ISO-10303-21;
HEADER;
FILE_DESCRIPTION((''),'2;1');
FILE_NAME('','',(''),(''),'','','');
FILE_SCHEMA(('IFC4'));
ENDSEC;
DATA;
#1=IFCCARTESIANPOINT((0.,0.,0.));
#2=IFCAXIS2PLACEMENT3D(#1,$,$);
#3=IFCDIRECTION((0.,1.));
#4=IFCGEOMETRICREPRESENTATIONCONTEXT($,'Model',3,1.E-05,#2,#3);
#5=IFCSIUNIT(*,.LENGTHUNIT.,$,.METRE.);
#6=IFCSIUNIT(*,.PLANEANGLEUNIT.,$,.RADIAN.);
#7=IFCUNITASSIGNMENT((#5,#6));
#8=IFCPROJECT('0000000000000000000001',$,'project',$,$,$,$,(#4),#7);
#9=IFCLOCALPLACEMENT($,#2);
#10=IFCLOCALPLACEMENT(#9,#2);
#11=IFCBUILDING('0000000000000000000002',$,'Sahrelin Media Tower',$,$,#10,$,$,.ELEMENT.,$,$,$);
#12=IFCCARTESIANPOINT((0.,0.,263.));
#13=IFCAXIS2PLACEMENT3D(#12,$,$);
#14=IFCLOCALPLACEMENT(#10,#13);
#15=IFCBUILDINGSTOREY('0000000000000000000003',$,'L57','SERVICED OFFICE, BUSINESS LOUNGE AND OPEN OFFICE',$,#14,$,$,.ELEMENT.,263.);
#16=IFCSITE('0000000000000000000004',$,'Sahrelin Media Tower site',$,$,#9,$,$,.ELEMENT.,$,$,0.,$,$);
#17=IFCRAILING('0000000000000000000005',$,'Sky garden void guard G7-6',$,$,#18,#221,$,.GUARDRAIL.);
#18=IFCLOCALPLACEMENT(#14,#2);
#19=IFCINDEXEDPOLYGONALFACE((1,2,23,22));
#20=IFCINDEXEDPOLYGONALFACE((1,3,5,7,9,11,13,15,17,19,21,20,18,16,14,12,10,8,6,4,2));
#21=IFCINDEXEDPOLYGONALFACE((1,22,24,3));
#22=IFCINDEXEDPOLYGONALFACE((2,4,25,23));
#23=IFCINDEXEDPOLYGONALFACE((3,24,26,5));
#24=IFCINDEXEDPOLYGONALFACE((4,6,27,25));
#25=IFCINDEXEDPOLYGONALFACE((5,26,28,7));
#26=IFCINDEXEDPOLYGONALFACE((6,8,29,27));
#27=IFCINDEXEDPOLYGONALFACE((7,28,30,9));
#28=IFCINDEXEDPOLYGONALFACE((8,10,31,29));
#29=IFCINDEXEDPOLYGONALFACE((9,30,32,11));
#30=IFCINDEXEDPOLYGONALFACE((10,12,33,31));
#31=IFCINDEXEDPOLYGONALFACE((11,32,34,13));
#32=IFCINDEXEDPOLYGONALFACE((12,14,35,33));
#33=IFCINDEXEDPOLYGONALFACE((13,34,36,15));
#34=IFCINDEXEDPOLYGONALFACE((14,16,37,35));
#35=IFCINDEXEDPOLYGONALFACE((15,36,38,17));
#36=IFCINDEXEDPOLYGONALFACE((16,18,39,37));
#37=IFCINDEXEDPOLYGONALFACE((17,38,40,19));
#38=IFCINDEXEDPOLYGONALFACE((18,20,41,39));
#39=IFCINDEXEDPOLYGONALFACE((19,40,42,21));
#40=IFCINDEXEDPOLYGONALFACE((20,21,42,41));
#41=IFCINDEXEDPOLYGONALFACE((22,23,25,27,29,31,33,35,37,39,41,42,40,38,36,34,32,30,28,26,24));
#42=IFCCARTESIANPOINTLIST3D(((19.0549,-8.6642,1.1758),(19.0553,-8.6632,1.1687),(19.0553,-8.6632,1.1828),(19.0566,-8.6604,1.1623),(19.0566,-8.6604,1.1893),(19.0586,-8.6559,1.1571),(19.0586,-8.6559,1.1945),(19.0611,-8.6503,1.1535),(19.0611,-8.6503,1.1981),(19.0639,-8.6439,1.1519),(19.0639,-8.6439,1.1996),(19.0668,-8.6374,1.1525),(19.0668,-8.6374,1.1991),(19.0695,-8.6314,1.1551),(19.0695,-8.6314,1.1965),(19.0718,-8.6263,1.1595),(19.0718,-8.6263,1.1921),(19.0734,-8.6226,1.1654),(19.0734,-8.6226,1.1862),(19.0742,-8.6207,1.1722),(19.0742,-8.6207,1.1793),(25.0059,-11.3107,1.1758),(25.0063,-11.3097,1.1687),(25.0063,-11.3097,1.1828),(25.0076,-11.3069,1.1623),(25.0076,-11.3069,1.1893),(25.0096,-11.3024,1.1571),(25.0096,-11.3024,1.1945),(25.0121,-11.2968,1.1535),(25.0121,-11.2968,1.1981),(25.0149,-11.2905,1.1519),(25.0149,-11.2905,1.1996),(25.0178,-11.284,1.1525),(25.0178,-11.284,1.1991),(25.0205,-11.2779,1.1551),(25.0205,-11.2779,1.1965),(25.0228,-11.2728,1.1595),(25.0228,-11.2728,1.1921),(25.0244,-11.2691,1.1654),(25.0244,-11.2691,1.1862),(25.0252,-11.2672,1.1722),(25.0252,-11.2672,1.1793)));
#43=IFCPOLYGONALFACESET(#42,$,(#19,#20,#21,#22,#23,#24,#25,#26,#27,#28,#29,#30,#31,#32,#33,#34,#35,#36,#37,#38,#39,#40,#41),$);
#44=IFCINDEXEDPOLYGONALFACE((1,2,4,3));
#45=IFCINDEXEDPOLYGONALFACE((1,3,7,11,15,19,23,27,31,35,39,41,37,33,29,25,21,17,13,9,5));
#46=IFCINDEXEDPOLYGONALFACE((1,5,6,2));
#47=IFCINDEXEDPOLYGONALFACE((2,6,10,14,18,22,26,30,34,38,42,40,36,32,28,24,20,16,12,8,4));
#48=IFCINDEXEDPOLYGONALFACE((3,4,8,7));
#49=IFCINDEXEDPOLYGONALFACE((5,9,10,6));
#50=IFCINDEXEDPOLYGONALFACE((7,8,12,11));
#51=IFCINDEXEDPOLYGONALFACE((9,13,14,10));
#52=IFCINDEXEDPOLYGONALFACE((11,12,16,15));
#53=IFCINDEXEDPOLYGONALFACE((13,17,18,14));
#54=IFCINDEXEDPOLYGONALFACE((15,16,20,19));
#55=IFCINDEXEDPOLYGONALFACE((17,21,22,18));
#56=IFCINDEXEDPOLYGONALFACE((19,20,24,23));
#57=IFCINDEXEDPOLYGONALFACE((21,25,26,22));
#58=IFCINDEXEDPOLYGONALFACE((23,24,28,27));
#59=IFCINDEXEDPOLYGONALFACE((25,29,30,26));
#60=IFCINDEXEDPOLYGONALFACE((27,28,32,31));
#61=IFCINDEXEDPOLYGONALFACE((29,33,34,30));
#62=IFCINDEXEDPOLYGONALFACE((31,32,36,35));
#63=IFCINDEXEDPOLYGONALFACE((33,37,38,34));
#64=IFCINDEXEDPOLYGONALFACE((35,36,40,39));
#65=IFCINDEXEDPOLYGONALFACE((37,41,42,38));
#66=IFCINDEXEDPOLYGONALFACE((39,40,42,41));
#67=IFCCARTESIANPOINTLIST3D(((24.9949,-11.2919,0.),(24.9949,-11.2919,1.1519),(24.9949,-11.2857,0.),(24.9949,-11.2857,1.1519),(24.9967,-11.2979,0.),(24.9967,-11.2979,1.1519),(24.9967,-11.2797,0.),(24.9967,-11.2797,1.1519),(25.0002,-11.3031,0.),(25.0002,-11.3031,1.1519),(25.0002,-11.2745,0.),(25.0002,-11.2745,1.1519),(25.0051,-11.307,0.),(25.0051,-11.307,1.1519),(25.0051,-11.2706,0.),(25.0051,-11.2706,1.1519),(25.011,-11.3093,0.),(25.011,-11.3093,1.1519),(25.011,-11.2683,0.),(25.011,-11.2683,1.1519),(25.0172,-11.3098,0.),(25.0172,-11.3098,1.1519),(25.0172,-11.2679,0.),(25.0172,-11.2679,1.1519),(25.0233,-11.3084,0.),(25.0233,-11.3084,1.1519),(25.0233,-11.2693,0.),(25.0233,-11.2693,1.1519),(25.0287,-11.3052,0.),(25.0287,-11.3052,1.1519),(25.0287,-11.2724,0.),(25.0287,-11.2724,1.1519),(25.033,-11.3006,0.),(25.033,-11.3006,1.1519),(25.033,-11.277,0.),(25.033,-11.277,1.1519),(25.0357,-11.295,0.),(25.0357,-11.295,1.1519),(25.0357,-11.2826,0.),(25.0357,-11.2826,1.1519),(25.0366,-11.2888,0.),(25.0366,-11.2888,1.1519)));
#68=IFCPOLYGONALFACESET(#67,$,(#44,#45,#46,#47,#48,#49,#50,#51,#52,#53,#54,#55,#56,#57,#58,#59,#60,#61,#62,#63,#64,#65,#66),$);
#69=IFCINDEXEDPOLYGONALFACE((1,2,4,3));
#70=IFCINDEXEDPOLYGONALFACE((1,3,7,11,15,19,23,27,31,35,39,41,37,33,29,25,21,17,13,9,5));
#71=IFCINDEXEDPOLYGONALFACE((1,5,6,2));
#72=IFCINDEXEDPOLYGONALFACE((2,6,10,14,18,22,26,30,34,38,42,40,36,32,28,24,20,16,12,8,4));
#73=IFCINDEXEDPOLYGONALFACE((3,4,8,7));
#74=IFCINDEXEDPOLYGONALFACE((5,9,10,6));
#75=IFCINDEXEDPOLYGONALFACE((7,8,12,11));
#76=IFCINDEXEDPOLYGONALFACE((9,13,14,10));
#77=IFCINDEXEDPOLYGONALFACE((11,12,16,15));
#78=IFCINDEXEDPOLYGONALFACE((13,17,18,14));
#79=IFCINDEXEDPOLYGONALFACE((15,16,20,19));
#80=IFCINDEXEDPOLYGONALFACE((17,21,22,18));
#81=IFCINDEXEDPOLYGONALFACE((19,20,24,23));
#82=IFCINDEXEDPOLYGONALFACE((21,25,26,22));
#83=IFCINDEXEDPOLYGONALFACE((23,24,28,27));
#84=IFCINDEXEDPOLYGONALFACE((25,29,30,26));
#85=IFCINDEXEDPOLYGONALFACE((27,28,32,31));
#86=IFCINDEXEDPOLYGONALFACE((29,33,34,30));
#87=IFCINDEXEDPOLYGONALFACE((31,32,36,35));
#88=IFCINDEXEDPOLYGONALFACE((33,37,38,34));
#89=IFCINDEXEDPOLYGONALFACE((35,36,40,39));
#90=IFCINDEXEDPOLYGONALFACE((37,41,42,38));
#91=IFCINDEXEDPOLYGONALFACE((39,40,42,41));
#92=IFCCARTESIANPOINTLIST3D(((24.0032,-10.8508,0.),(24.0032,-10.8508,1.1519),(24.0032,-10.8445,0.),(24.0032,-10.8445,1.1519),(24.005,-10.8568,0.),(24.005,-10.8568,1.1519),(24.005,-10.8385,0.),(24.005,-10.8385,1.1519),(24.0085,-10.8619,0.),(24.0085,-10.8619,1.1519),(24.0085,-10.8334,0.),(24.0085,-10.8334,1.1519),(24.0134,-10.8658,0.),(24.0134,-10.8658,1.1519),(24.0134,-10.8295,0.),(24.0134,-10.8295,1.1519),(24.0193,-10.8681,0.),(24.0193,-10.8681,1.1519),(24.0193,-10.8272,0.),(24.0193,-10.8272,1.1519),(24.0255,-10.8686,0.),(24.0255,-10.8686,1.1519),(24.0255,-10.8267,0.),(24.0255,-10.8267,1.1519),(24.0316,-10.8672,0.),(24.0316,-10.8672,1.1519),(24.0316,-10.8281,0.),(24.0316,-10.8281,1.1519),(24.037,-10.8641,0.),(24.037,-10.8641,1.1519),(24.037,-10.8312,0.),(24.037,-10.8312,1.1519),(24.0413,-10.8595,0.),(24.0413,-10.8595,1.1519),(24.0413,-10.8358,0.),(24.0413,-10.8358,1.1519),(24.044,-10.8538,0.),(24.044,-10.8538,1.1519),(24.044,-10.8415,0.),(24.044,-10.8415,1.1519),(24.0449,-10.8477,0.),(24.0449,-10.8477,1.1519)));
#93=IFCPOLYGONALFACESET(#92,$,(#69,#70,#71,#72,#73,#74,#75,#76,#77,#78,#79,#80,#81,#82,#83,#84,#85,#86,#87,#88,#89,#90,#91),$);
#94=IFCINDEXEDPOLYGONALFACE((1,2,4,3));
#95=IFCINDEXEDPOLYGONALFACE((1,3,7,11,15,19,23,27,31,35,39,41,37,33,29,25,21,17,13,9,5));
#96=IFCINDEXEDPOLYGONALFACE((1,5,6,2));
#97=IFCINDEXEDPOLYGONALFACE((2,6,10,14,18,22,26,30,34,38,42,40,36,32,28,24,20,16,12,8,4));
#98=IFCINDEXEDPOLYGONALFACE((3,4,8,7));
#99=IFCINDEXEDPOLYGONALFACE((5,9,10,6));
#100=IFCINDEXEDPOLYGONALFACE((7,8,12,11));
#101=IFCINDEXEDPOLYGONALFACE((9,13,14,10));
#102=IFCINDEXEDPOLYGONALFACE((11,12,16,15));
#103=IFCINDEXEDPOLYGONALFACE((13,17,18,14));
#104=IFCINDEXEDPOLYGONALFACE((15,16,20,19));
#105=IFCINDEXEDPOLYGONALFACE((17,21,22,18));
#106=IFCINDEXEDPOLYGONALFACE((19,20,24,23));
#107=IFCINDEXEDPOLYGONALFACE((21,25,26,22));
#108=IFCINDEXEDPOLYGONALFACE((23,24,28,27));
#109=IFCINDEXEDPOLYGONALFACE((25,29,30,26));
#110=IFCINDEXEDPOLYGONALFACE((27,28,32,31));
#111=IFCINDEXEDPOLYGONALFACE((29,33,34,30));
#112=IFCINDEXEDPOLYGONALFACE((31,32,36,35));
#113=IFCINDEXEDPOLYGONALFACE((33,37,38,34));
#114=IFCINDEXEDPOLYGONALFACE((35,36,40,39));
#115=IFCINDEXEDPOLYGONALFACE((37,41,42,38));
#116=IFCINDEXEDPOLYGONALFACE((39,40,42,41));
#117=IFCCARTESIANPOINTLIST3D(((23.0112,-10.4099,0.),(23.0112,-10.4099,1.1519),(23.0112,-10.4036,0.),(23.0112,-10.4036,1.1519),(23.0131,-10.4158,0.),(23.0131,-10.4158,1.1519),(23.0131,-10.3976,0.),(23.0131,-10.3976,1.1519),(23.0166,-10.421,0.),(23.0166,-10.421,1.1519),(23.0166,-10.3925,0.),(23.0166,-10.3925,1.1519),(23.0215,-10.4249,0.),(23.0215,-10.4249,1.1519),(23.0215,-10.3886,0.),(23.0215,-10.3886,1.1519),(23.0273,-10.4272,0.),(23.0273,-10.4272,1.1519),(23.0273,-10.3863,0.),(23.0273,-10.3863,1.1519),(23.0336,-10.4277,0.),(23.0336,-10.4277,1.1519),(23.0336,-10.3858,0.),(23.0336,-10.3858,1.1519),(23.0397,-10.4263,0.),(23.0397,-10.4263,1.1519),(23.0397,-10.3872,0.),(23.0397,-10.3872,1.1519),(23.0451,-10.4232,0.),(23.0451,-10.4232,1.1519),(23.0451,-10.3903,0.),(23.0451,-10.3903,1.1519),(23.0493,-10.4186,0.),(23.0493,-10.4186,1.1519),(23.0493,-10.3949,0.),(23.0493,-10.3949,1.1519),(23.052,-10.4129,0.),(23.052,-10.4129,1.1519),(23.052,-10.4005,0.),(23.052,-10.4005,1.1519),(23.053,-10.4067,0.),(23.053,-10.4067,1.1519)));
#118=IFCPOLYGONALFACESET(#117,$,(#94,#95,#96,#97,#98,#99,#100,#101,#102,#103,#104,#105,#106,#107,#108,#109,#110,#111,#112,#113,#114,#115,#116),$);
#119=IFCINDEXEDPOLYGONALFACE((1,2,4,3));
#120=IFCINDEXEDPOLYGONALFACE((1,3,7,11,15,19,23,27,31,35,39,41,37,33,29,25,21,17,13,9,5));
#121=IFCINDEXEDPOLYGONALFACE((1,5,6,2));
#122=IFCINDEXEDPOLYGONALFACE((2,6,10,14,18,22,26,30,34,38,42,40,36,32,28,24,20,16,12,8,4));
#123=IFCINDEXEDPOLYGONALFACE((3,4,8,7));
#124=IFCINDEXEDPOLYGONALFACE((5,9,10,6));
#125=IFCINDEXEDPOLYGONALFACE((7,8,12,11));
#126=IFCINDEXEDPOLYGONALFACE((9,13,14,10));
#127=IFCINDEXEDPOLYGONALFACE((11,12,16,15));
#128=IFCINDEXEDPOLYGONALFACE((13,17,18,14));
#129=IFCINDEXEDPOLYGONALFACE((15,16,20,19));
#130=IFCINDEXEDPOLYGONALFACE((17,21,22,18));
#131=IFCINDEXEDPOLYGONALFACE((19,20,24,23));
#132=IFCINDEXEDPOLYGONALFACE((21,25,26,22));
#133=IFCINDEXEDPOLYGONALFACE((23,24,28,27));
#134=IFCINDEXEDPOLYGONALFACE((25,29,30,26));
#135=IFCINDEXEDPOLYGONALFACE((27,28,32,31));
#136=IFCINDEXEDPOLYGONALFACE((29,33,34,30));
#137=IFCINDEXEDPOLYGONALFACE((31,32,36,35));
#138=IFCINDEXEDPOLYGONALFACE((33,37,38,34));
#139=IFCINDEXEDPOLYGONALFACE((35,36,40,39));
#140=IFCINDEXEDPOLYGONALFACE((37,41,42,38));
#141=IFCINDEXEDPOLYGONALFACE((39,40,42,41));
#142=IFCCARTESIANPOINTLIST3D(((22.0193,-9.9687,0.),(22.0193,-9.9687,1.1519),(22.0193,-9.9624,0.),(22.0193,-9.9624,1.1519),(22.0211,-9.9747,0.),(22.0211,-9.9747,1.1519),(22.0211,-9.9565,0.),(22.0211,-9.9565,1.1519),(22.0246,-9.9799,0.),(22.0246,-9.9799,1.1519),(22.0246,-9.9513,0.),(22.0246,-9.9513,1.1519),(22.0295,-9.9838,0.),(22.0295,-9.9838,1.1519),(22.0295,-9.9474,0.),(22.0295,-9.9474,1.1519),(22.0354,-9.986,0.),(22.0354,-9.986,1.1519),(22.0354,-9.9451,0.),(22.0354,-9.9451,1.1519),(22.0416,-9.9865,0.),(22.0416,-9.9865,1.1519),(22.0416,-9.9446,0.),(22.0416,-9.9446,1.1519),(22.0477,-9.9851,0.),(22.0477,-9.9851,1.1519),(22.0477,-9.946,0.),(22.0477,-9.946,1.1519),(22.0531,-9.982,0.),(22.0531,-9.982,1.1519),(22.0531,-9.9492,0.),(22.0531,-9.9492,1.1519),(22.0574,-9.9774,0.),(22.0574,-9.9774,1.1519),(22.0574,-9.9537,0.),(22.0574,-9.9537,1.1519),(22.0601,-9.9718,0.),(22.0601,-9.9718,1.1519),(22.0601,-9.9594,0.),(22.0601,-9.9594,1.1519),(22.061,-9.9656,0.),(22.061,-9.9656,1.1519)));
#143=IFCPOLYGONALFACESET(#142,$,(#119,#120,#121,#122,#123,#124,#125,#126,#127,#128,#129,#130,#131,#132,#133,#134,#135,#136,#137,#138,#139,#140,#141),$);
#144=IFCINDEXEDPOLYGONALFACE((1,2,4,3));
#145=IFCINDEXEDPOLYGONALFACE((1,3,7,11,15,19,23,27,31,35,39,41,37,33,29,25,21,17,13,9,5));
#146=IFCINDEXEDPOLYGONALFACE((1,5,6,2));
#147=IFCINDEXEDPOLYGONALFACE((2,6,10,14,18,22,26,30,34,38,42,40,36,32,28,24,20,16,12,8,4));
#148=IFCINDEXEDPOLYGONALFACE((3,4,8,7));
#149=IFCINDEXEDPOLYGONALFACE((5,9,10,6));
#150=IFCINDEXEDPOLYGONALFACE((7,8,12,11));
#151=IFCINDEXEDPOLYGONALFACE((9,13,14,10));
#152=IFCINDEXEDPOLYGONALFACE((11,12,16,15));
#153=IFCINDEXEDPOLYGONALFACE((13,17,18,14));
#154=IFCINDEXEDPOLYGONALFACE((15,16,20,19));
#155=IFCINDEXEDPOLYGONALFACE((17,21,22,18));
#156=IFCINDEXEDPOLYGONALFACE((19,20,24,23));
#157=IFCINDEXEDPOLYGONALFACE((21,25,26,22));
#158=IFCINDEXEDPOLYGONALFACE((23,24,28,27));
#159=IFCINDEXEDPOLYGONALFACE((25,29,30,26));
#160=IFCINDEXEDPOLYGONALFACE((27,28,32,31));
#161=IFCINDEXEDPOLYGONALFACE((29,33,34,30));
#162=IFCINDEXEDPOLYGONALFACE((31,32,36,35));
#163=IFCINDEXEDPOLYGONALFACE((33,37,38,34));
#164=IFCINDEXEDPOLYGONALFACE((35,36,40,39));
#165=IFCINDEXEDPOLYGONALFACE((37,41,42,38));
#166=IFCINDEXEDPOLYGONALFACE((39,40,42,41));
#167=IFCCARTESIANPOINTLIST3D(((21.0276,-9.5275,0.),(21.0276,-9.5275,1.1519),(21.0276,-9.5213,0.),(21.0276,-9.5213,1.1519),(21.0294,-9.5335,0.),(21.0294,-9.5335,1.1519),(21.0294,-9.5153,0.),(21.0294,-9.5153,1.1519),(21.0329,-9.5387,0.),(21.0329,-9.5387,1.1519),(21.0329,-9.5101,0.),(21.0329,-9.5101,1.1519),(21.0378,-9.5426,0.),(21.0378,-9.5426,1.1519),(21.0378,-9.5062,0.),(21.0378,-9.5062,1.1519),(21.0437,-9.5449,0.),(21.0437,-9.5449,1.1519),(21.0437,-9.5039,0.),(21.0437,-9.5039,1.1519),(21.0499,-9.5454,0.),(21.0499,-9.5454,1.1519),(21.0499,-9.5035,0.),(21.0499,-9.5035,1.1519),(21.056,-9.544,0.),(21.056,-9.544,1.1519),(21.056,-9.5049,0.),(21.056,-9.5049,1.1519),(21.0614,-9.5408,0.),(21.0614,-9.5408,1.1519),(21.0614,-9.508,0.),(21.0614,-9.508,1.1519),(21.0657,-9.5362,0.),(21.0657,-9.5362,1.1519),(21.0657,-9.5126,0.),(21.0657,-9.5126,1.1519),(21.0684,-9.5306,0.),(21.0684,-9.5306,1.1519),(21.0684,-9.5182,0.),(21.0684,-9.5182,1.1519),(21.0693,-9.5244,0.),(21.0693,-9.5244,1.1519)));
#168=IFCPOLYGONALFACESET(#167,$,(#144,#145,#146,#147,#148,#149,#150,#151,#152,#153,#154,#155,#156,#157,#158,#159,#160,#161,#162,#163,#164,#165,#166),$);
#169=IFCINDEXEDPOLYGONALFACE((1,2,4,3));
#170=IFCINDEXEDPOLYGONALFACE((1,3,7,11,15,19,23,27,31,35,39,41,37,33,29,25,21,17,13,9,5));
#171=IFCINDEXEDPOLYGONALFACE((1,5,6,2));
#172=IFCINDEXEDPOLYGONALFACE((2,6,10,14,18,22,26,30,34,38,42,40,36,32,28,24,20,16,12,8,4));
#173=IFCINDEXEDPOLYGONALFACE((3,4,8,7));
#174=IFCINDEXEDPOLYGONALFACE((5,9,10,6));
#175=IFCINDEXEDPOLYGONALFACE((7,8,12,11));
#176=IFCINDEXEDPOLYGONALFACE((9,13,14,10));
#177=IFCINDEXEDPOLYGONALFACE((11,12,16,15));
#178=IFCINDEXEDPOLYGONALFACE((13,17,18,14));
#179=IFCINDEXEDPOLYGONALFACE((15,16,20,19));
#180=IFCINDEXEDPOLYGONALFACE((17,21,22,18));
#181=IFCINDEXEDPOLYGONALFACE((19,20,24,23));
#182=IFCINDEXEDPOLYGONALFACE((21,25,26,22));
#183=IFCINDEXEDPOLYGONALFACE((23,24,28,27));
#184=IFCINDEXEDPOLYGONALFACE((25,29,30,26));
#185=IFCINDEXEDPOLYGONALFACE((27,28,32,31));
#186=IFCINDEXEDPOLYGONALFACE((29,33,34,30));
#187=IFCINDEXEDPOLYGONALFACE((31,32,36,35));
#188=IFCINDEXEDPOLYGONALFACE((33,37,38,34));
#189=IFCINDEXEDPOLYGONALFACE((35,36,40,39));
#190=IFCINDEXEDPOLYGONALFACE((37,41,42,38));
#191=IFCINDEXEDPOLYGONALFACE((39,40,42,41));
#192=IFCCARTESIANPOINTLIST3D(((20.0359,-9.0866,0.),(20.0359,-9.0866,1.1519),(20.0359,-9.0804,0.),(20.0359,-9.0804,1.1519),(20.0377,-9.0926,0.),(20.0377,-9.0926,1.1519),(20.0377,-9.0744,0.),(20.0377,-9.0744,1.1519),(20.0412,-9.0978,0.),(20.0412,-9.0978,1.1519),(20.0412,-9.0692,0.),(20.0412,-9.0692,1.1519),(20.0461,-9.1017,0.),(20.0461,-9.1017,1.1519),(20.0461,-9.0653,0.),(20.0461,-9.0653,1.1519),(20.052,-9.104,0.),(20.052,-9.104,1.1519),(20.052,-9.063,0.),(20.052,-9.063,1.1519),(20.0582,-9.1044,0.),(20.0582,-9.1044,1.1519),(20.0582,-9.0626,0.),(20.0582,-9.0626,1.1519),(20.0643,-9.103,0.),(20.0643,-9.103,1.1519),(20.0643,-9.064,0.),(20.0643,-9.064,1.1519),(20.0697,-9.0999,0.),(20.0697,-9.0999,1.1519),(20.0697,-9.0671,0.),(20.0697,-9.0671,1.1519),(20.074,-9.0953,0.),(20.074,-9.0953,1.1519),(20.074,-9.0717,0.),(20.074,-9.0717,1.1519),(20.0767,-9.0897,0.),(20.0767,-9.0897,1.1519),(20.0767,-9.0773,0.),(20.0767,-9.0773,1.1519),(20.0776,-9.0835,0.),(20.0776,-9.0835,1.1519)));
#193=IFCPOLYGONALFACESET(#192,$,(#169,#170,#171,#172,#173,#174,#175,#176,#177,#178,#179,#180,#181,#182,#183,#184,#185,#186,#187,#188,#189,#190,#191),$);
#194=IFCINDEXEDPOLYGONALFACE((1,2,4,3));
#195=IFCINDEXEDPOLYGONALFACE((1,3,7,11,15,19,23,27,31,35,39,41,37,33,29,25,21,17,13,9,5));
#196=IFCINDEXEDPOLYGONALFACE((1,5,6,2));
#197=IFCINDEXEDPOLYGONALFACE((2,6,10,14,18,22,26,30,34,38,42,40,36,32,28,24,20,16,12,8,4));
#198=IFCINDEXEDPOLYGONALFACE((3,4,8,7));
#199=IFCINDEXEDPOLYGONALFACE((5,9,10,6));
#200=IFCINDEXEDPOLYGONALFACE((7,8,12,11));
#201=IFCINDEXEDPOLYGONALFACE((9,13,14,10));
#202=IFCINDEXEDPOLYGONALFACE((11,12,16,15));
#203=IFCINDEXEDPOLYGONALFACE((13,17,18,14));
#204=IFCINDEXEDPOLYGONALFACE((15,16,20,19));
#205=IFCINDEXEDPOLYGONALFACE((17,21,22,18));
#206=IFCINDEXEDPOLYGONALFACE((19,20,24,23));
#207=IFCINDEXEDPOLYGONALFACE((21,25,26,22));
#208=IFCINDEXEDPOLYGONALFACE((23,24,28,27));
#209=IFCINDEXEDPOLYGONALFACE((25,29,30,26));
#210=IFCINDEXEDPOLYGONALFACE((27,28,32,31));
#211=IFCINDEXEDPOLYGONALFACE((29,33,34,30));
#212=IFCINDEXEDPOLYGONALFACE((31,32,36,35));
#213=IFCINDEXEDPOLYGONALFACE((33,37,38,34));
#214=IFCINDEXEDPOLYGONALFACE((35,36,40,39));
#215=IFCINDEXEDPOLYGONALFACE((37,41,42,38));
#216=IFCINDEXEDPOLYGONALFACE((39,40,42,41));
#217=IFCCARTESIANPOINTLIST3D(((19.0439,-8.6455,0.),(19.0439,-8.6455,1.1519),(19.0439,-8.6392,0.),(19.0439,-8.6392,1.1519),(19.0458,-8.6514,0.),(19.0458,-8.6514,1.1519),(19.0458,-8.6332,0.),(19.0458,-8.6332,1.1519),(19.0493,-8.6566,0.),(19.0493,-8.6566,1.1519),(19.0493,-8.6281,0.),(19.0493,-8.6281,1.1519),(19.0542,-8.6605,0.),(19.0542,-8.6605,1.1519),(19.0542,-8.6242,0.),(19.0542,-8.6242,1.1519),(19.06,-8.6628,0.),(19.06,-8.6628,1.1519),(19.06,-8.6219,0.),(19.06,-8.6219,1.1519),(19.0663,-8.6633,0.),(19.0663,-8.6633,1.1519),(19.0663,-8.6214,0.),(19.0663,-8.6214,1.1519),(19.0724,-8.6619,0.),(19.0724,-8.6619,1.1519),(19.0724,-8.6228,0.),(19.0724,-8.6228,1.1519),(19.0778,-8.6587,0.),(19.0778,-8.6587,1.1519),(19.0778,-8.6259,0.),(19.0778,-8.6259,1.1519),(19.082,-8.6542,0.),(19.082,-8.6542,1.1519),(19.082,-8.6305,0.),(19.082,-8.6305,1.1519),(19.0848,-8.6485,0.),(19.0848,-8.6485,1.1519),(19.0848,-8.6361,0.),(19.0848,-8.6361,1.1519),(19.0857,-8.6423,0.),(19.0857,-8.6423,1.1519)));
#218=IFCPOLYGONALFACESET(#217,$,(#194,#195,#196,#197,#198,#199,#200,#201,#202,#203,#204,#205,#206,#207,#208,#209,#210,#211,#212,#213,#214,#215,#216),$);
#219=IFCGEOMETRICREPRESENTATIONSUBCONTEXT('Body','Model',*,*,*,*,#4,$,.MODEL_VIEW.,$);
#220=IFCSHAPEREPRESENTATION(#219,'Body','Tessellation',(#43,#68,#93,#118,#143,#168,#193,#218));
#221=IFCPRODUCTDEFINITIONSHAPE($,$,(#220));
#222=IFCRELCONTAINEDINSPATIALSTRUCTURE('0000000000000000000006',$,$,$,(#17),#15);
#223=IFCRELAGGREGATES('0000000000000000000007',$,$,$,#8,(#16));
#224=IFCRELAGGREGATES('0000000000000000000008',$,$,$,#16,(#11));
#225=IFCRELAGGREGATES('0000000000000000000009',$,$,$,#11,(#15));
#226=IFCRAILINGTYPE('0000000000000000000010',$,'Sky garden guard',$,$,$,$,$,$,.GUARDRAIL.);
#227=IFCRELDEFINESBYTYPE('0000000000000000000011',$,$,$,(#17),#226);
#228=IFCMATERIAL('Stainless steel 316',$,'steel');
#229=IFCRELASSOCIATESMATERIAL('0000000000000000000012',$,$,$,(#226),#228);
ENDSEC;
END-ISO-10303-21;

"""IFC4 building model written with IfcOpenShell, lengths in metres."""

from ifc_helpers import new_model, si_unit, direction, frame, origin, origin_2d, place, context, subcontext, project, spatial, circle, extrude, material, type_object, element, save


model = new_model("IFC4")

# Units and contexts
model_context = context("Model", 3, precision=1e-05, world=origin(), true_north=direction((0.0, 1.0)))
body_context = subcontext(model_context, "Body", "Model", "MODEL_VIEW")
ifc_project = project(units=[si_unit("LENGTHUNIT", "METRE"), si_unit("PLANEANGLEUNIT", "RADIAN")], contexts=[model_context])

# Site, building, storey
site_placement = place(None, origin())
site = spatial("IfcSite", under=ifc_project, at=site_placement, Name="Sahrelin Media Tower site", CompositionType="ELEMENT", RefElevation=0.0)
building_placement = place(site_placement, origin())
building = spatial("IfcBuilding", under=site, at=building_placement, Name="Sahrelin Media Tower", CompositionType="ELEMENT")
storey_placement = place(building_placement, frame((0.0, 0.0, 263.0)))
storey = spatial("IfcBuildingStorey", under=building, at=storey_placement, Name="L57", Description="SERVICED OFFICE, BUSINESS LOUNGE AND OPEN OFFICE", CompositionType="ELEMENT", Elevation=263.0)

# Railing
ifc_material_1 = material(Name="Stainless steel 316", Category="steel")
railing_type = type_object("IfcRailingType", Name="Sky garden guard", PredefinedType="GUARDRAIL", material=ifc_material_1)
railing_1_placement = place(storey_placement, frame((25.0156, -11.2888, 0.0)))
element("IfcRailing", 1, at=railing_1_placement, inside=storey, type_object=railing_type, Name="Sky garden void guard G7-6", PredefinedType="GUARDRAIL", context=body_context, shape_type="SweptSolid", body=[
    extrude(circle(Radius=0.0239, at=origin_2d()), frame((0.0, 0.0, 1.1758), z_axis=(-0.913719, 0.406347, 0.0), x_axis=(-0.406347, -0.913719, 0.0)), (0.0, 0.0, 1.0), 6.5129),
    extrude(circle(Radius=0.021, at=origin_2d()), origin(), (0.0, 0.0, 1.0), 1.1519),
    extrude(circle(Radius=0.021, at=origin_2d()), frame((-0.9917, 0.4412, 0.0)), (0.0, 0.0, 1.0), 1.1519),
    extrude(circle(Radius=0.021, at=origin_2d()), frame((-1.9836, 0.8821, 0.0)), (0.0, 0.0, 1.0), 1.1519),
    extrude(circle(Radius=0.021, at=origin_2d()), frame((-2.9756, 1.3232, 0.0)), (0.0, 0.0, 1.0), 1.1519),
    extrude(circle(Radius=0.021, at=origin_2d()), frame((-3.9673, 1.7644, 0.0)), (0.0, 0.0, 1.0), 1.1519),
    extrude(circle(Radius=0.021, at=origin_2d()), frame((-4.959, 2.2053, 0.0)), (0.0, 0.0, 1.0), 1.1519),
    extrude(circle(Radius=0.021, at=origin_2d()), frame((-5.9509, 2.6465, 0.0)), (0.0, 0.0, 1.0), 1.1519),
])

save(model, "model.ifc")
